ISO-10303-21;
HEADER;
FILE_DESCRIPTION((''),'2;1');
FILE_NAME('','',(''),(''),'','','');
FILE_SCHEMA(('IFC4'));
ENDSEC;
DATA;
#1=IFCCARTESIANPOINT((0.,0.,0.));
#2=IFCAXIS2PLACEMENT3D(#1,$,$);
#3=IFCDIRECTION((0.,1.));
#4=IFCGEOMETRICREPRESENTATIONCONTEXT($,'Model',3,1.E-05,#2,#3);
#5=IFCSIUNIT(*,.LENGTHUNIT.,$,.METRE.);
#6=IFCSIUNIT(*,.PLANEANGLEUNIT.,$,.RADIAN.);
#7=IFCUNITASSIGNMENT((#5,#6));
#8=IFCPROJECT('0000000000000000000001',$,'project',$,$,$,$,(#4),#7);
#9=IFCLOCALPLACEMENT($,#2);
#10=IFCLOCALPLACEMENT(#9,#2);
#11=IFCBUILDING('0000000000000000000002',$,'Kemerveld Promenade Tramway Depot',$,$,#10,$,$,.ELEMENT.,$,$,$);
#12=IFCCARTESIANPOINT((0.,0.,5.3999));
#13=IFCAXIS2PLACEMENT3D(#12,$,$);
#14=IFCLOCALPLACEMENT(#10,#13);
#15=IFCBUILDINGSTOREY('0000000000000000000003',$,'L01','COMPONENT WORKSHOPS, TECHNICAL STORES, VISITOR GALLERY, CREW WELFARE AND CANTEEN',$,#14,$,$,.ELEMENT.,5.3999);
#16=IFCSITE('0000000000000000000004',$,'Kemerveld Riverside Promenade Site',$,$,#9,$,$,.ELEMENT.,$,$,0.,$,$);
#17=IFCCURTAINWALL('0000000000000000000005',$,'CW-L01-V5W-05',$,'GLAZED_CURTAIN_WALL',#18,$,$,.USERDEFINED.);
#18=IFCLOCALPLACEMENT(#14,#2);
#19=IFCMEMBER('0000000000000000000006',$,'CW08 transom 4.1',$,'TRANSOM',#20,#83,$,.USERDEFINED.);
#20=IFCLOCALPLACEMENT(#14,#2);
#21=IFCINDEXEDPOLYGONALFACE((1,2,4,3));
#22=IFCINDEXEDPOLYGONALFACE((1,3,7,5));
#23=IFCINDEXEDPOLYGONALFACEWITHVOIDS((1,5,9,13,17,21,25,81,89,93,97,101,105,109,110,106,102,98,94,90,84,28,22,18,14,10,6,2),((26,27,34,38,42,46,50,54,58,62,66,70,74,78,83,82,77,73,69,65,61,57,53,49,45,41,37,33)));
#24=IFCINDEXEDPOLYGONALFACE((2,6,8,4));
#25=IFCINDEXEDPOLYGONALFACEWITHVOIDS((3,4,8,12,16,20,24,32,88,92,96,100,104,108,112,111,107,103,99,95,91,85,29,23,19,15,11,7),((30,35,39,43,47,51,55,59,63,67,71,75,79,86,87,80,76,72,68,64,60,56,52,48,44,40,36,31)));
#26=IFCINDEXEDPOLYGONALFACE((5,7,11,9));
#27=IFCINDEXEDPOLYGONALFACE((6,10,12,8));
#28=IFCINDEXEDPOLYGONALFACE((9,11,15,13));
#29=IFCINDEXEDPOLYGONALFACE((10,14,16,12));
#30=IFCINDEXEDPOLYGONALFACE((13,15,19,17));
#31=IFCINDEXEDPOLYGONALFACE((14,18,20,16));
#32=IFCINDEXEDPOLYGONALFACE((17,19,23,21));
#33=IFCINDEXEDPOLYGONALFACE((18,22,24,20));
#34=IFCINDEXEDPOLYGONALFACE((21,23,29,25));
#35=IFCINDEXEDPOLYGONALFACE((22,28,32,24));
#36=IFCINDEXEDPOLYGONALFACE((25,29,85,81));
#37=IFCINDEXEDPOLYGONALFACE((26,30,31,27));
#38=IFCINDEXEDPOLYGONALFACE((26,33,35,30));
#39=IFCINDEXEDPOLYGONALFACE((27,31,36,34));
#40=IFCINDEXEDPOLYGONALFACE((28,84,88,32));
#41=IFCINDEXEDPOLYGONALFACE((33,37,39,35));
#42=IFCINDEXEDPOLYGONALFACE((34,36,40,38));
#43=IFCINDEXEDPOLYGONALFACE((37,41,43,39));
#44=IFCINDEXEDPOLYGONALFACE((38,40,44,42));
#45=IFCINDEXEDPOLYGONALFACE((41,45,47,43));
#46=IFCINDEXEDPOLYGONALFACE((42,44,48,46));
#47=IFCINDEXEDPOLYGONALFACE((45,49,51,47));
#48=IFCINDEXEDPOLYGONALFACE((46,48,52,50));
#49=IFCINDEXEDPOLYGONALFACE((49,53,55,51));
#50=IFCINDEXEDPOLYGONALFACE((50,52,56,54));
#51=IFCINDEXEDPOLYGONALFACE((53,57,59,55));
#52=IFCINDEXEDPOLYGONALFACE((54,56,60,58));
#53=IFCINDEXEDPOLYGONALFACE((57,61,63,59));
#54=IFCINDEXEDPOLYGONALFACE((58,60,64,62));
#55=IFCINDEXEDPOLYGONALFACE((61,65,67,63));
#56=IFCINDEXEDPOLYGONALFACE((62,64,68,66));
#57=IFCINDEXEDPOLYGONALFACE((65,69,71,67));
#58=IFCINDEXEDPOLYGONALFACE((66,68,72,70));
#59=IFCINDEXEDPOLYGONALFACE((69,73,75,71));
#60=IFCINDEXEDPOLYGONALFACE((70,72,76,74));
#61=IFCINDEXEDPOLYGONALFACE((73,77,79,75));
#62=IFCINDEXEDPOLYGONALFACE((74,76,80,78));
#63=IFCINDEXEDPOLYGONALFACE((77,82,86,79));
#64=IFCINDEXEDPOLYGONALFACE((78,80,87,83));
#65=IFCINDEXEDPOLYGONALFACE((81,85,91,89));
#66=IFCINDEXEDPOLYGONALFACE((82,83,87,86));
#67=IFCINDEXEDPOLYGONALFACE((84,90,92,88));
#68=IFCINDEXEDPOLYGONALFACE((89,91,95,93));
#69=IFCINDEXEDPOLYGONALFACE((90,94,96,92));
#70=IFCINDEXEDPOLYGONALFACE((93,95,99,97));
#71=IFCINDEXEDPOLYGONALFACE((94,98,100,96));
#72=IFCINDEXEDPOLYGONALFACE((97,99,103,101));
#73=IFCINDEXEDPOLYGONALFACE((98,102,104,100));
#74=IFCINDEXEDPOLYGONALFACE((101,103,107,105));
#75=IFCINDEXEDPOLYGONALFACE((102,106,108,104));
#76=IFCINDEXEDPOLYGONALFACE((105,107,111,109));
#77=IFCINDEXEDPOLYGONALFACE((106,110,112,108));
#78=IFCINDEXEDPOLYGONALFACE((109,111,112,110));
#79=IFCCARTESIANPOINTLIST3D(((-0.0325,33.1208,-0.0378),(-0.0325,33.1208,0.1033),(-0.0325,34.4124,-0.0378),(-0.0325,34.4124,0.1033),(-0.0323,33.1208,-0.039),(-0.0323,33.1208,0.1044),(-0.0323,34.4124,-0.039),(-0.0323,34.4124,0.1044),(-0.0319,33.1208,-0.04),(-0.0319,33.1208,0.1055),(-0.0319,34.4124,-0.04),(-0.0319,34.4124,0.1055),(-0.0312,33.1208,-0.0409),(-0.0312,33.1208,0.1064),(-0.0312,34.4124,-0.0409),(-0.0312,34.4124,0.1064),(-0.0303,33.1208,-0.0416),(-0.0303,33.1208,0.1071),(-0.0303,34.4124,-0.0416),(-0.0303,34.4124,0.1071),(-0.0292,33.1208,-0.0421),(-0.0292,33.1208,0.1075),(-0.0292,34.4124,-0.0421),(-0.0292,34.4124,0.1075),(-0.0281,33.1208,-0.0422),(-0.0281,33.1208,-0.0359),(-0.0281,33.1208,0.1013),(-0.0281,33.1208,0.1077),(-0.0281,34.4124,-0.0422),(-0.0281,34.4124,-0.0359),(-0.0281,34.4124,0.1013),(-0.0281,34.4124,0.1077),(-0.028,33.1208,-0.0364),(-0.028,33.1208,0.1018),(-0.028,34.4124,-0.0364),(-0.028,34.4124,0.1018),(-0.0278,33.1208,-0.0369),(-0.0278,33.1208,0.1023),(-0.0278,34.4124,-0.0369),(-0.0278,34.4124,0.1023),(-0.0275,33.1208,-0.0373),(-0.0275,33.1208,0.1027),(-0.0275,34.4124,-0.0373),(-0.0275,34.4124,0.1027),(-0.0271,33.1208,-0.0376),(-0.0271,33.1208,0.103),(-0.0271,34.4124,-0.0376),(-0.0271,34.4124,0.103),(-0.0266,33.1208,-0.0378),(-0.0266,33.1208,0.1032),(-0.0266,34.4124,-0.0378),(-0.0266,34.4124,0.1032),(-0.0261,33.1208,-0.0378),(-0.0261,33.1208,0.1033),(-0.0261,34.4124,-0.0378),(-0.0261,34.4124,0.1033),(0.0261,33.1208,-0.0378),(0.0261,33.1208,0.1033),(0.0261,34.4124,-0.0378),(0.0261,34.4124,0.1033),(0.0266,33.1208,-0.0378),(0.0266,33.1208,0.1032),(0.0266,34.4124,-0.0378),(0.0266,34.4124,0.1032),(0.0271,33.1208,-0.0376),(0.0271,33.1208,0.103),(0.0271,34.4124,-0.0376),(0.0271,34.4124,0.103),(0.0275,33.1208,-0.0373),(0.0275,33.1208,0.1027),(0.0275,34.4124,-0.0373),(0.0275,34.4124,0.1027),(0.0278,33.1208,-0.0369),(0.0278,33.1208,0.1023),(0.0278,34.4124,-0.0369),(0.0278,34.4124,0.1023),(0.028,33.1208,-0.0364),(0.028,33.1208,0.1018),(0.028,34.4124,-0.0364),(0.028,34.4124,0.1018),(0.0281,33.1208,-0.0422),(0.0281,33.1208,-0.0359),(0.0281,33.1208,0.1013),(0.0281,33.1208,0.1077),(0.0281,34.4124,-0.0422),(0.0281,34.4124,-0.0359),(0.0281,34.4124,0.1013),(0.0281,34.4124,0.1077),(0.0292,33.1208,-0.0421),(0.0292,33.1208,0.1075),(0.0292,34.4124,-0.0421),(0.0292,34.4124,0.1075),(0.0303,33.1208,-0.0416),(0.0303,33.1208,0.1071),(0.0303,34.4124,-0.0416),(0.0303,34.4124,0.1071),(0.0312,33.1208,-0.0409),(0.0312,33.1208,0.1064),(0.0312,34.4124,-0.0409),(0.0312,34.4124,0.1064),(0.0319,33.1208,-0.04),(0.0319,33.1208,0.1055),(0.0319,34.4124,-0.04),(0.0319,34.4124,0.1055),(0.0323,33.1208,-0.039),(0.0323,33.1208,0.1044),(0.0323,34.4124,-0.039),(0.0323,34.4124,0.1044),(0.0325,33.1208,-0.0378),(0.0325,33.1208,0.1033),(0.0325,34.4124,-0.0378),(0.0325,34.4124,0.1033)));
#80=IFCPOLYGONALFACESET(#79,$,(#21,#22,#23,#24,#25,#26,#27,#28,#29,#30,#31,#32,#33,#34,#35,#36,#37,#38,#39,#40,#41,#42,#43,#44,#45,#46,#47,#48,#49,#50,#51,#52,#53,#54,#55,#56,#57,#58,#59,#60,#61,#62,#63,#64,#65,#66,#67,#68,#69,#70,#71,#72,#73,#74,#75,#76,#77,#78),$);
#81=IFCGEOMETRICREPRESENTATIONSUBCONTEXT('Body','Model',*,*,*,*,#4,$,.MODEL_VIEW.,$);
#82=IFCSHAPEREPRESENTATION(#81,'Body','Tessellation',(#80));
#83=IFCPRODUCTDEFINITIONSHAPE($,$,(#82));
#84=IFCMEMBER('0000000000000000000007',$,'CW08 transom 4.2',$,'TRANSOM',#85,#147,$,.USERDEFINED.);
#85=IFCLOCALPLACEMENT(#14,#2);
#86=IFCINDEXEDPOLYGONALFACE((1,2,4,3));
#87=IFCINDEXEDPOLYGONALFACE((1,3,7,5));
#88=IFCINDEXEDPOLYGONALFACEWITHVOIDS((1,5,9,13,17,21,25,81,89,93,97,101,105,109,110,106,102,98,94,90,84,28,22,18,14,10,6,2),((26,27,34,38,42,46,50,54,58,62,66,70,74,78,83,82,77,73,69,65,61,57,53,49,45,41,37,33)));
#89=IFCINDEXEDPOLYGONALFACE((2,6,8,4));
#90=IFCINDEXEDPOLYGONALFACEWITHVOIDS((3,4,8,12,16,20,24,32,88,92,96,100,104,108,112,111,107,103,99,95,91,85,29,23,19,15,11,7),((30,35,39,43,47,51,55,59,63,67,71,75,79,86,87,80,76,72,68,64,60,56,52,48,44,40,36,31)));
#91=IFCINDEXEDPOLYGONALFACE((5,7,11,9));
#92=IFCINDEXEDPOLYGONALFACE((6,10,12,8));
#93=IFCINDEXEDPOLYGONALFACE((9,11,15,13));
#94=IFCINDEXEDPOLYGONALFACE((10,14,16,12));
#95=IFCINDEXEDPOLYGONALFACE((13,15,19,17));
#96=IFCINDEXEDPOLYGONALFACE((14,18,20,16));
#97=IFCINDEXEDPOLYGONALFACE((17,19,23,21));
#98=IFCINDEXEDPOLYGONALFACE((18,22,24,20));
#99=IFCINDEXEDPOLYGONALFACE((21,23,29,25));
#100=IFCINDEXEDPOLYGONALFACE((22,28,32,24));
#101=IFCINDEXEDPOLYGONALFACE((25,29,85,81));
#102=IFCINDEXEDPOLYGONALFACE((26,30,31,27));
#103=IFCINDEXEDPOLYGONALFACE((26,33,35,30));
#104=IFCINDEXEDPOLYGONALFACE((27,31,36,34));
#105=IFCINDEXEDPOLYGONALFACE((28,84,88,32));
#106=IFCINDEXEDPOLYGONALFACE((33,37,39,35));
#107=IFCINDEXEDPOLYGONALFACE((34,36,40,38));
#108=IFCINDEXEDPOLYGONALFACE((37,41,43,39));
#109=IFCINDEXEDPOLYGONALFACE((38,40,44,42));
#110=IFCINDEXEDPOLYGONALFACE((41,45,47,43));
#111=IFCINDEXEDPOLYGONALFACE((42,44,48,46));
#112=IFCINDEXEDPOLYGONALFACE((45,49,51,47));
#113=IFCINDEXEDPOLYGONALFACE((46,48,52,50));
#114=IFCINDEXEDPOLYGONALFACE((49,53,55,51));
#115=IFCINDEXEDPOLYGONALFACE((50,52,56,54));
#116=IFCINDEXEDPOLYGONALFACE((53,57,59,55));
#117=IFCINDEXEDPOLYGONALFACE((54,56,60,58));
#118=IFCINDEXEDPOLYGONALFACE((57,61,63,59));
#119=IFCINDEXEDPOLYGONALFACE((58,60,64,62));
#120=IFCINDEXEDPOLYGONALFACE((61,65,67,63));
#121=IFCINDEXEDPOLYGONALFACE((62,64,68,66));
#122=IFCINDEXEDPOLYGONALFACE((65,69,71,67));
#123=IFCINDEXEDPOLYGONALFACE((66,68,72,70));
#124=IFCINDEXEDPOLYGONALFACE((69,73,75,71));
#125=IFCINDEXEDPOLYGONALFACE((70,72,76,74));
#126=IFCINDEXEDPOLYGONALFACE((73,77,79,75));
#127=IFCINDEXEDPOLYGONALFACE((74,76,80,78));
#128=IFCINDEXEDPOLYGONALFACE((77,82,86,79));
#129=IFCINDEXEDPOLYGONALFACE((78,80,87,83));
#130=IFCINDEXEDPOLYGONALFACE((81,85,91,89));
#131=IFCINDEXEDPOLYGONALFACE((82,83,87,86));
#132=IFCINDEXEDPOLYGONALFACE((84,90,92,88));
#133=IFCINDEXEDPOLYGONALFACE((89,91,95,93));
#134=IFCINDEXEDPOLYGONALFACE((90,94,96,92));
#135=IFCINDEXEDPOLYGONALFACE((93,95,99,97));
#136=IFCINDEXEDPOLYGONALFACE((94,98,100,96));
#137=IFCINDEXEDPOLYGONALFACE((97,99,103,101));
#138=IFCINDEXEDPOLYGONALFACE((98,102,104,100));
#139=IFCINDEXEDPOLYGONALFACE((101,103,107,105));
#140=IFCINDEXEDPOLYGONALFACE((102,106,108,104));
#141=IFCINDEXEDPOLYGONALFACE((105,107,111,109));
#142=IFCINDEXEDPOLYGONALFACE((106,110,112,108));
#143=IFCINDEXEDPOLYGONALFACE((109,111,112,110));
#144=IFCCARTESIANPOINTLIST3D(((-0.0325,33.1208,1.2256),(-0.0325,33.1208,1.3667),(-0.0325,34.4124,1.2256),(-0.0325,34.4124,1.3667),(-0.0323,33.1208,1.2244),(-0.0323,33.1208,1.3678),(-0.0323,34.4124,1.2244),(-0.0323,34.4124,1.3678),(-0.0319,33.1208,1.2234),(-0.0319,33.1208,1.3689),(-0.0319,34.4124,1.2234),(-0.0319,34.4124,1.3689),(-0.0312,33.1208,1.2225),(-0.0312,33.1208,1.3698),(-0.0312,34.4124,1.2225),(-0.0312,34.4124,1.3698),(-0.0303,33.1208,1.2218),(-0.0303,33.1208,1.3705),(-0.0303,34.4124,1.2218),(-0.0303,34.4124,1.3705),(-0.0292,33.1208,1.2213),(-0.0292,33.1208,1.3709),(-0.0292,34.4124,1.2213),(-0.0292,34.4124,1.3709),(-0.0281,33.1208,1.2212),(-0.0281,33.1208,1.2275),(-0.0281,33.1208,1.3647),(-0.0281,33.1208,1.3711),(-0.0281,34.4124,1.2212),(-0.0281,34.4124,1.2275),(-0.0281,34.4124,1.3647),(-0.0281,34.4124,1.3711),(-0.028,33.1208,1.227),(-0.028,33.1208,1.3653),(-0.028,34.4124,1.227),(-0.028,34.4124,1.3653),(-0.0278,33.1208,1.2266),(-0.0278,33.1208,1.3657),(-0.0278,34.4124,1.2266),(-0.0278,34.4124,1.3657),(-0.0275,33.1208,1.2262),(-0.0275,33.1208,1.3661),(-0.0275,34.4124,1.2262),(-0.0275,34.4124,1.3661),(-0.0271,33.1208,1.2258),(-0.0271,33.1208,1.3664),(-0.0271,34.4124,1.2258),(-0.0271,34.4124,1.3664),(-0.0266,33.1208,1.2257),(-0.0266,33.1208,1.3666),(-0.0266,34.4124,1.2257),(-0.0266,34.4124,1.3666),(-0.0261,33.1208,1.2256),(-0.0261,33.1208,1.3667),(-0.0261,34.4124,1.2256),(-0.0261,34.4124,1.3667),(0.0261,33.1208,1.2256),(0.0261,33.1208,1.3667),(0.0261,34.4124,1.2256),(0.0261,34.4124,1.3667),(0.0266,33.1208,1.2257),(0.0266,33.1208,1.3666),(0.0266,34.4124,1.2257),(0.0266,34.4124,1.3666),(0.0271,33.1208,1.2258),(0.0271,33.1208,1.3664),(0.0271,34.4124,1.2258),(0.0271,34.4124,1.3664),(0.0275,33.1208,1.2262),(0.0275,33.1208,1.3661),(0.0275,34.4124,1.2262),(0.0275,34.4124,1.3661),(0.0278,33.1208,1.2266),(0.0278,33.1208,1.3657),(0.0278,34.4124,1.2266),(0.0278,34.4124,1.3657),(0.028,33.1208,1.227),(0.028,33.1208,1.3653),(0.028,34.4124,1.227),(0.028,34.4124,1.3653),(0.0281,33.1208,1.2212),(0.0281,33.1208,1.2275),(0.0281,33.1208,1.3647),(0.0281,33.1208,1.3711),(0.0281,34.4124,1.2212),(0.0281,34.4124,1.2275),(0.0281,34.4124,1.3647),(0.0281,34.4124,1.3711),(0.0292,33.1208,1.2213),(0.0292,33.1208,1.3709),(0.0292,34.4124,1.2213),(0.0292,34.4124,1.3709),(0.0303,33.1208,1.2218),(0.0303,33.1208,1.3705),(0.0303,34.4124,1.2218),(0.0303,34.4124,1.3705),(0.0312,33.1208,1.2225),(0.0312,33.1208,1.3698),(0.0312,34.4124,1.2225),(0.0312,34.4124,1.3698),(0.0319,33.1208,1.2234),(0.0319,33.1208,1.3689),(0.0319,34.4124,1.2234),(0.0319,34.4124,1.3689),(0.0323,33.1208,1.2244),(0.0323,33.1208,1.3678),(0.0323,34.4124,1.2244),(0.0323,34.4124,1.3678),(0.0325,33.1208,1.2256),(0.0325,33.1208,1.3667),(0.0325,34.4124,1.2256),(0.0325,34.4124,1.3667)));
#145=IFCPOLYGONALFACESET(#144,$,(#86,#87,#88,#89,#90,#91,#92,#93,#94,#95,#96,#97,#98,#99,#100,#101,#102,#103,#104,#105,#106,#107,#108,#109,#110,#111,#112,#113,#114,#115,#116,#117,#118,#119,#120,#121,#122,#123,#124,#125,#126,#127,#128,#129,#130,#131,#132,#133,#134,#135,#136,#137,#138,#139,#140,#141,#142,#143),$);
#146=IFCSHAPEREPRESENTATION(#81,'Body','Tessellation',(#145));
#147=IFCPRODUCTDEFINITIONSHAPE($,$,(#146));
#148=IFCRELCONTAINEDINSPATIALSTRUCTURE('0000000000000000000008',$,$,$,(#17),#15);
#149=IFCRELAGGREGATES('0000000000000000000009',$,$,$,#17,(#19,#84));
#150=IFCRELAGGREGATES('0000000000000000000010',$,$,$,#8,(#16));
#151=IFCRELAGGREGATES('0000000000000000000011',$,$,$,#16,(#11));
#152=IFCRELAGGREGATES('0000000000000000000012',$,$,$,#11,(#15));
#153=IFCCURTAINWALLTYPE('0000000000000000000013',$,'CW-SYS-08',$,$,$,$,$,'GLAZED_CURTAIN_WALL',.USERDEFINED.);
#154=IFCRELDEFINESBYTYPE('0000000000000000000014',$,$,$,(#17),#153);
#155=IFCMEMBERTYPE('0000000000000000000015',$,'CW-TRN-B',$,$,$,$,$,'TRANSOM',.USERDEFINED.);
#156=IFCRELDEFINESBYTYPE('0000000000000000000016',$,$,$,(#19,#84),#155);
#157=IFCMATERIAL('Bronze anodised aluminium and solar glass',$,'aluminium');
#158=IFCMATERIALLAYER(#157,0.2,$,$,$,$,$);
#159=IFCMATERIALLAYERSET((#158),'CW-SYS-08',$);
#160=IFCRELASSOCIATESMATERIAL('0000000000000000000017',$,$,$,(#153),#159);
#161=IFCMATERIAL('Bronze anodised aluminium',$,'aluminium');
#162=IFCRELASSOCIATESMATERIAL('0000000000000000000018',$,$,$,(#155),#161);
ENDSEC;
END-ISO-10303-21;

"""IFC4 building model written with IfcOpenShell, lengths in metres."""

from ifc_helpers import new_model, si_unit, direction, frame, origin, origin_2d, place, context, subcontext, project, spatial, hollow_rectangle, extrude, material, layer, layer_set, material_profile, profile_set, type_object, element, aggregate, save


model = new_model("IFC4")

# Units and contexts
model_context = context("Model", 3, precision=1e-05, world=origin(), true_north=direction((0.0, 1.0)))
body_context = subcontext(model_context, "Body", "Model", "MODEL_VIEW")
ifc_project = project(units=[si_unit("LENGTHUNIT", "METRE"), si_unit("PLANEANGLEUNIT", "RADIAN")], contexts=[model_context])

# Site, building, storey
site_placement = place(None, origin())
site = spatial("IfcSite", under=ifc_project, at=site_placement, Name="Kemerveld Riverside Promenade Site", CompositionType="ELEMENT", RefElevation=0.0)
building_placement = place(site_placement, origin())
building = spatial("IfcBuilding", under=site, at=building_placement, Name="Kemerveld Promenade Tramway Depot", CompositionType="ELEMENT")
storey_placement = place(building_placement, frame((0.0, 0.0, 5.3999)))
storey = spatial("IfcBuildingStorey", under=building, at=storey_placement, Name="L01", Description="COMPONENT WORKSHOPS, TECHNICAL STORES, VISITOR GALLERY, CREW WELFARE AND CANTEEN", CompositionType="ELEMENT", Elevation=5.3999)

# Curtain wall, members
ifc_material_1 = material(Name="Bronze anodised aluminium and solar glass", Category="aluminium")
ifc_layer_1 = layer(ifc_material_1, 0.2)
ifc_layer_set_1 = layer_set([ifc_layer_1], Name="CW-SYS-08")
curtain_wall_type = type_object("IfcCurtainWallType", Name="CW-SYS-08", ElementType="GLAZED_CURTAIN_WALL", PredefinedType="USERDEFINED", material=ifc_layer_set_1)
curtain_wall_placement = place(storey_placement, origin())
curtain_wall = element("IfcCurtainWall", 1, at=curtain_wall_placement, inside=storey, type_object=curtain_wall_type, Name="CW-L01-V5W-05", ObjectType="GLAZED_CURTAIN_WALL", PredefinedType="USERDEFINED")
ifc_material_2 = material(Name="Bronze anodised aluminium", Category="aluminium")
ifc_material_profile_1 = material_profile(ifc_material_2, hollow_rectangle(XDim=0.0649, YDim=0.1499, WallThickness=0.0044, InnerFilletRadius=0.002, OuterFilletRadius=0.0044, at=origin_2d()), Name="CW-TRN-150x65")
ifc_profile_set_1 = profile_set([ifc_material_profile_1], Name="Bronze anodised aluminium")
member_type_1 = type_object("IfcMemberType", Name="CW-TRN-B", ElementType="TRANSOM", PredefinedType="USERDEFINED", material=ifc_profile_set_1)
member_1_placement = place(storey_placement, frame((0.0, 33.1208, 0.0327), z_axis=(0.0, 1.0, 0.0), x_axis=(-1.0, 0.0, 0.0)))
member_1 = element("IfcMember", 2, at=member_1_placement, type_object=member_type_1, Name="CW08 transom 4.1", ObjectType="TRANSOM", PredefinedType="USERDEFINED", context=body_context, shape_type="SweptSolid", body=[
    extrude(hollow_rectangle(XDim=0.0649, YDim=0.1499, WallThickness=0.0044, InnerFilletRadius=0.002, OuterFilletRadius=0.0044, at=origin_2d()), origin(), (0.0, 0.0, 1.0), 1.2915),
])
member_2_placement = place(storey_placement, frame((0.0, 33.1208, 1.2961), z_axis=(0.0, 1.0, 0.0), x_axis=(-1.0, 0.0, 0.0)))
member_2 = element("IfcMember", 3, at=member_2_placement, type_object=member_type_1, Name="CW08 transom 4.2", ObjectType="TRANSOM", PredefinedType="USERDEFINED", context=body_context, shape_type="SweptSolid", body=[
    extrude(hollow_rectangle(XDim=0.0649, YDim=0.1499, WallThickness=0.0044, InnerFilletRadius=0.002, OuterFilletRadius=0.0044, at=origin_2d()), origin(), (0.0, 0.0, 1.0), 1.2915),
])
aggregate(curtain_wall, [member_1, member_2])

save(model, "model.ifc")
